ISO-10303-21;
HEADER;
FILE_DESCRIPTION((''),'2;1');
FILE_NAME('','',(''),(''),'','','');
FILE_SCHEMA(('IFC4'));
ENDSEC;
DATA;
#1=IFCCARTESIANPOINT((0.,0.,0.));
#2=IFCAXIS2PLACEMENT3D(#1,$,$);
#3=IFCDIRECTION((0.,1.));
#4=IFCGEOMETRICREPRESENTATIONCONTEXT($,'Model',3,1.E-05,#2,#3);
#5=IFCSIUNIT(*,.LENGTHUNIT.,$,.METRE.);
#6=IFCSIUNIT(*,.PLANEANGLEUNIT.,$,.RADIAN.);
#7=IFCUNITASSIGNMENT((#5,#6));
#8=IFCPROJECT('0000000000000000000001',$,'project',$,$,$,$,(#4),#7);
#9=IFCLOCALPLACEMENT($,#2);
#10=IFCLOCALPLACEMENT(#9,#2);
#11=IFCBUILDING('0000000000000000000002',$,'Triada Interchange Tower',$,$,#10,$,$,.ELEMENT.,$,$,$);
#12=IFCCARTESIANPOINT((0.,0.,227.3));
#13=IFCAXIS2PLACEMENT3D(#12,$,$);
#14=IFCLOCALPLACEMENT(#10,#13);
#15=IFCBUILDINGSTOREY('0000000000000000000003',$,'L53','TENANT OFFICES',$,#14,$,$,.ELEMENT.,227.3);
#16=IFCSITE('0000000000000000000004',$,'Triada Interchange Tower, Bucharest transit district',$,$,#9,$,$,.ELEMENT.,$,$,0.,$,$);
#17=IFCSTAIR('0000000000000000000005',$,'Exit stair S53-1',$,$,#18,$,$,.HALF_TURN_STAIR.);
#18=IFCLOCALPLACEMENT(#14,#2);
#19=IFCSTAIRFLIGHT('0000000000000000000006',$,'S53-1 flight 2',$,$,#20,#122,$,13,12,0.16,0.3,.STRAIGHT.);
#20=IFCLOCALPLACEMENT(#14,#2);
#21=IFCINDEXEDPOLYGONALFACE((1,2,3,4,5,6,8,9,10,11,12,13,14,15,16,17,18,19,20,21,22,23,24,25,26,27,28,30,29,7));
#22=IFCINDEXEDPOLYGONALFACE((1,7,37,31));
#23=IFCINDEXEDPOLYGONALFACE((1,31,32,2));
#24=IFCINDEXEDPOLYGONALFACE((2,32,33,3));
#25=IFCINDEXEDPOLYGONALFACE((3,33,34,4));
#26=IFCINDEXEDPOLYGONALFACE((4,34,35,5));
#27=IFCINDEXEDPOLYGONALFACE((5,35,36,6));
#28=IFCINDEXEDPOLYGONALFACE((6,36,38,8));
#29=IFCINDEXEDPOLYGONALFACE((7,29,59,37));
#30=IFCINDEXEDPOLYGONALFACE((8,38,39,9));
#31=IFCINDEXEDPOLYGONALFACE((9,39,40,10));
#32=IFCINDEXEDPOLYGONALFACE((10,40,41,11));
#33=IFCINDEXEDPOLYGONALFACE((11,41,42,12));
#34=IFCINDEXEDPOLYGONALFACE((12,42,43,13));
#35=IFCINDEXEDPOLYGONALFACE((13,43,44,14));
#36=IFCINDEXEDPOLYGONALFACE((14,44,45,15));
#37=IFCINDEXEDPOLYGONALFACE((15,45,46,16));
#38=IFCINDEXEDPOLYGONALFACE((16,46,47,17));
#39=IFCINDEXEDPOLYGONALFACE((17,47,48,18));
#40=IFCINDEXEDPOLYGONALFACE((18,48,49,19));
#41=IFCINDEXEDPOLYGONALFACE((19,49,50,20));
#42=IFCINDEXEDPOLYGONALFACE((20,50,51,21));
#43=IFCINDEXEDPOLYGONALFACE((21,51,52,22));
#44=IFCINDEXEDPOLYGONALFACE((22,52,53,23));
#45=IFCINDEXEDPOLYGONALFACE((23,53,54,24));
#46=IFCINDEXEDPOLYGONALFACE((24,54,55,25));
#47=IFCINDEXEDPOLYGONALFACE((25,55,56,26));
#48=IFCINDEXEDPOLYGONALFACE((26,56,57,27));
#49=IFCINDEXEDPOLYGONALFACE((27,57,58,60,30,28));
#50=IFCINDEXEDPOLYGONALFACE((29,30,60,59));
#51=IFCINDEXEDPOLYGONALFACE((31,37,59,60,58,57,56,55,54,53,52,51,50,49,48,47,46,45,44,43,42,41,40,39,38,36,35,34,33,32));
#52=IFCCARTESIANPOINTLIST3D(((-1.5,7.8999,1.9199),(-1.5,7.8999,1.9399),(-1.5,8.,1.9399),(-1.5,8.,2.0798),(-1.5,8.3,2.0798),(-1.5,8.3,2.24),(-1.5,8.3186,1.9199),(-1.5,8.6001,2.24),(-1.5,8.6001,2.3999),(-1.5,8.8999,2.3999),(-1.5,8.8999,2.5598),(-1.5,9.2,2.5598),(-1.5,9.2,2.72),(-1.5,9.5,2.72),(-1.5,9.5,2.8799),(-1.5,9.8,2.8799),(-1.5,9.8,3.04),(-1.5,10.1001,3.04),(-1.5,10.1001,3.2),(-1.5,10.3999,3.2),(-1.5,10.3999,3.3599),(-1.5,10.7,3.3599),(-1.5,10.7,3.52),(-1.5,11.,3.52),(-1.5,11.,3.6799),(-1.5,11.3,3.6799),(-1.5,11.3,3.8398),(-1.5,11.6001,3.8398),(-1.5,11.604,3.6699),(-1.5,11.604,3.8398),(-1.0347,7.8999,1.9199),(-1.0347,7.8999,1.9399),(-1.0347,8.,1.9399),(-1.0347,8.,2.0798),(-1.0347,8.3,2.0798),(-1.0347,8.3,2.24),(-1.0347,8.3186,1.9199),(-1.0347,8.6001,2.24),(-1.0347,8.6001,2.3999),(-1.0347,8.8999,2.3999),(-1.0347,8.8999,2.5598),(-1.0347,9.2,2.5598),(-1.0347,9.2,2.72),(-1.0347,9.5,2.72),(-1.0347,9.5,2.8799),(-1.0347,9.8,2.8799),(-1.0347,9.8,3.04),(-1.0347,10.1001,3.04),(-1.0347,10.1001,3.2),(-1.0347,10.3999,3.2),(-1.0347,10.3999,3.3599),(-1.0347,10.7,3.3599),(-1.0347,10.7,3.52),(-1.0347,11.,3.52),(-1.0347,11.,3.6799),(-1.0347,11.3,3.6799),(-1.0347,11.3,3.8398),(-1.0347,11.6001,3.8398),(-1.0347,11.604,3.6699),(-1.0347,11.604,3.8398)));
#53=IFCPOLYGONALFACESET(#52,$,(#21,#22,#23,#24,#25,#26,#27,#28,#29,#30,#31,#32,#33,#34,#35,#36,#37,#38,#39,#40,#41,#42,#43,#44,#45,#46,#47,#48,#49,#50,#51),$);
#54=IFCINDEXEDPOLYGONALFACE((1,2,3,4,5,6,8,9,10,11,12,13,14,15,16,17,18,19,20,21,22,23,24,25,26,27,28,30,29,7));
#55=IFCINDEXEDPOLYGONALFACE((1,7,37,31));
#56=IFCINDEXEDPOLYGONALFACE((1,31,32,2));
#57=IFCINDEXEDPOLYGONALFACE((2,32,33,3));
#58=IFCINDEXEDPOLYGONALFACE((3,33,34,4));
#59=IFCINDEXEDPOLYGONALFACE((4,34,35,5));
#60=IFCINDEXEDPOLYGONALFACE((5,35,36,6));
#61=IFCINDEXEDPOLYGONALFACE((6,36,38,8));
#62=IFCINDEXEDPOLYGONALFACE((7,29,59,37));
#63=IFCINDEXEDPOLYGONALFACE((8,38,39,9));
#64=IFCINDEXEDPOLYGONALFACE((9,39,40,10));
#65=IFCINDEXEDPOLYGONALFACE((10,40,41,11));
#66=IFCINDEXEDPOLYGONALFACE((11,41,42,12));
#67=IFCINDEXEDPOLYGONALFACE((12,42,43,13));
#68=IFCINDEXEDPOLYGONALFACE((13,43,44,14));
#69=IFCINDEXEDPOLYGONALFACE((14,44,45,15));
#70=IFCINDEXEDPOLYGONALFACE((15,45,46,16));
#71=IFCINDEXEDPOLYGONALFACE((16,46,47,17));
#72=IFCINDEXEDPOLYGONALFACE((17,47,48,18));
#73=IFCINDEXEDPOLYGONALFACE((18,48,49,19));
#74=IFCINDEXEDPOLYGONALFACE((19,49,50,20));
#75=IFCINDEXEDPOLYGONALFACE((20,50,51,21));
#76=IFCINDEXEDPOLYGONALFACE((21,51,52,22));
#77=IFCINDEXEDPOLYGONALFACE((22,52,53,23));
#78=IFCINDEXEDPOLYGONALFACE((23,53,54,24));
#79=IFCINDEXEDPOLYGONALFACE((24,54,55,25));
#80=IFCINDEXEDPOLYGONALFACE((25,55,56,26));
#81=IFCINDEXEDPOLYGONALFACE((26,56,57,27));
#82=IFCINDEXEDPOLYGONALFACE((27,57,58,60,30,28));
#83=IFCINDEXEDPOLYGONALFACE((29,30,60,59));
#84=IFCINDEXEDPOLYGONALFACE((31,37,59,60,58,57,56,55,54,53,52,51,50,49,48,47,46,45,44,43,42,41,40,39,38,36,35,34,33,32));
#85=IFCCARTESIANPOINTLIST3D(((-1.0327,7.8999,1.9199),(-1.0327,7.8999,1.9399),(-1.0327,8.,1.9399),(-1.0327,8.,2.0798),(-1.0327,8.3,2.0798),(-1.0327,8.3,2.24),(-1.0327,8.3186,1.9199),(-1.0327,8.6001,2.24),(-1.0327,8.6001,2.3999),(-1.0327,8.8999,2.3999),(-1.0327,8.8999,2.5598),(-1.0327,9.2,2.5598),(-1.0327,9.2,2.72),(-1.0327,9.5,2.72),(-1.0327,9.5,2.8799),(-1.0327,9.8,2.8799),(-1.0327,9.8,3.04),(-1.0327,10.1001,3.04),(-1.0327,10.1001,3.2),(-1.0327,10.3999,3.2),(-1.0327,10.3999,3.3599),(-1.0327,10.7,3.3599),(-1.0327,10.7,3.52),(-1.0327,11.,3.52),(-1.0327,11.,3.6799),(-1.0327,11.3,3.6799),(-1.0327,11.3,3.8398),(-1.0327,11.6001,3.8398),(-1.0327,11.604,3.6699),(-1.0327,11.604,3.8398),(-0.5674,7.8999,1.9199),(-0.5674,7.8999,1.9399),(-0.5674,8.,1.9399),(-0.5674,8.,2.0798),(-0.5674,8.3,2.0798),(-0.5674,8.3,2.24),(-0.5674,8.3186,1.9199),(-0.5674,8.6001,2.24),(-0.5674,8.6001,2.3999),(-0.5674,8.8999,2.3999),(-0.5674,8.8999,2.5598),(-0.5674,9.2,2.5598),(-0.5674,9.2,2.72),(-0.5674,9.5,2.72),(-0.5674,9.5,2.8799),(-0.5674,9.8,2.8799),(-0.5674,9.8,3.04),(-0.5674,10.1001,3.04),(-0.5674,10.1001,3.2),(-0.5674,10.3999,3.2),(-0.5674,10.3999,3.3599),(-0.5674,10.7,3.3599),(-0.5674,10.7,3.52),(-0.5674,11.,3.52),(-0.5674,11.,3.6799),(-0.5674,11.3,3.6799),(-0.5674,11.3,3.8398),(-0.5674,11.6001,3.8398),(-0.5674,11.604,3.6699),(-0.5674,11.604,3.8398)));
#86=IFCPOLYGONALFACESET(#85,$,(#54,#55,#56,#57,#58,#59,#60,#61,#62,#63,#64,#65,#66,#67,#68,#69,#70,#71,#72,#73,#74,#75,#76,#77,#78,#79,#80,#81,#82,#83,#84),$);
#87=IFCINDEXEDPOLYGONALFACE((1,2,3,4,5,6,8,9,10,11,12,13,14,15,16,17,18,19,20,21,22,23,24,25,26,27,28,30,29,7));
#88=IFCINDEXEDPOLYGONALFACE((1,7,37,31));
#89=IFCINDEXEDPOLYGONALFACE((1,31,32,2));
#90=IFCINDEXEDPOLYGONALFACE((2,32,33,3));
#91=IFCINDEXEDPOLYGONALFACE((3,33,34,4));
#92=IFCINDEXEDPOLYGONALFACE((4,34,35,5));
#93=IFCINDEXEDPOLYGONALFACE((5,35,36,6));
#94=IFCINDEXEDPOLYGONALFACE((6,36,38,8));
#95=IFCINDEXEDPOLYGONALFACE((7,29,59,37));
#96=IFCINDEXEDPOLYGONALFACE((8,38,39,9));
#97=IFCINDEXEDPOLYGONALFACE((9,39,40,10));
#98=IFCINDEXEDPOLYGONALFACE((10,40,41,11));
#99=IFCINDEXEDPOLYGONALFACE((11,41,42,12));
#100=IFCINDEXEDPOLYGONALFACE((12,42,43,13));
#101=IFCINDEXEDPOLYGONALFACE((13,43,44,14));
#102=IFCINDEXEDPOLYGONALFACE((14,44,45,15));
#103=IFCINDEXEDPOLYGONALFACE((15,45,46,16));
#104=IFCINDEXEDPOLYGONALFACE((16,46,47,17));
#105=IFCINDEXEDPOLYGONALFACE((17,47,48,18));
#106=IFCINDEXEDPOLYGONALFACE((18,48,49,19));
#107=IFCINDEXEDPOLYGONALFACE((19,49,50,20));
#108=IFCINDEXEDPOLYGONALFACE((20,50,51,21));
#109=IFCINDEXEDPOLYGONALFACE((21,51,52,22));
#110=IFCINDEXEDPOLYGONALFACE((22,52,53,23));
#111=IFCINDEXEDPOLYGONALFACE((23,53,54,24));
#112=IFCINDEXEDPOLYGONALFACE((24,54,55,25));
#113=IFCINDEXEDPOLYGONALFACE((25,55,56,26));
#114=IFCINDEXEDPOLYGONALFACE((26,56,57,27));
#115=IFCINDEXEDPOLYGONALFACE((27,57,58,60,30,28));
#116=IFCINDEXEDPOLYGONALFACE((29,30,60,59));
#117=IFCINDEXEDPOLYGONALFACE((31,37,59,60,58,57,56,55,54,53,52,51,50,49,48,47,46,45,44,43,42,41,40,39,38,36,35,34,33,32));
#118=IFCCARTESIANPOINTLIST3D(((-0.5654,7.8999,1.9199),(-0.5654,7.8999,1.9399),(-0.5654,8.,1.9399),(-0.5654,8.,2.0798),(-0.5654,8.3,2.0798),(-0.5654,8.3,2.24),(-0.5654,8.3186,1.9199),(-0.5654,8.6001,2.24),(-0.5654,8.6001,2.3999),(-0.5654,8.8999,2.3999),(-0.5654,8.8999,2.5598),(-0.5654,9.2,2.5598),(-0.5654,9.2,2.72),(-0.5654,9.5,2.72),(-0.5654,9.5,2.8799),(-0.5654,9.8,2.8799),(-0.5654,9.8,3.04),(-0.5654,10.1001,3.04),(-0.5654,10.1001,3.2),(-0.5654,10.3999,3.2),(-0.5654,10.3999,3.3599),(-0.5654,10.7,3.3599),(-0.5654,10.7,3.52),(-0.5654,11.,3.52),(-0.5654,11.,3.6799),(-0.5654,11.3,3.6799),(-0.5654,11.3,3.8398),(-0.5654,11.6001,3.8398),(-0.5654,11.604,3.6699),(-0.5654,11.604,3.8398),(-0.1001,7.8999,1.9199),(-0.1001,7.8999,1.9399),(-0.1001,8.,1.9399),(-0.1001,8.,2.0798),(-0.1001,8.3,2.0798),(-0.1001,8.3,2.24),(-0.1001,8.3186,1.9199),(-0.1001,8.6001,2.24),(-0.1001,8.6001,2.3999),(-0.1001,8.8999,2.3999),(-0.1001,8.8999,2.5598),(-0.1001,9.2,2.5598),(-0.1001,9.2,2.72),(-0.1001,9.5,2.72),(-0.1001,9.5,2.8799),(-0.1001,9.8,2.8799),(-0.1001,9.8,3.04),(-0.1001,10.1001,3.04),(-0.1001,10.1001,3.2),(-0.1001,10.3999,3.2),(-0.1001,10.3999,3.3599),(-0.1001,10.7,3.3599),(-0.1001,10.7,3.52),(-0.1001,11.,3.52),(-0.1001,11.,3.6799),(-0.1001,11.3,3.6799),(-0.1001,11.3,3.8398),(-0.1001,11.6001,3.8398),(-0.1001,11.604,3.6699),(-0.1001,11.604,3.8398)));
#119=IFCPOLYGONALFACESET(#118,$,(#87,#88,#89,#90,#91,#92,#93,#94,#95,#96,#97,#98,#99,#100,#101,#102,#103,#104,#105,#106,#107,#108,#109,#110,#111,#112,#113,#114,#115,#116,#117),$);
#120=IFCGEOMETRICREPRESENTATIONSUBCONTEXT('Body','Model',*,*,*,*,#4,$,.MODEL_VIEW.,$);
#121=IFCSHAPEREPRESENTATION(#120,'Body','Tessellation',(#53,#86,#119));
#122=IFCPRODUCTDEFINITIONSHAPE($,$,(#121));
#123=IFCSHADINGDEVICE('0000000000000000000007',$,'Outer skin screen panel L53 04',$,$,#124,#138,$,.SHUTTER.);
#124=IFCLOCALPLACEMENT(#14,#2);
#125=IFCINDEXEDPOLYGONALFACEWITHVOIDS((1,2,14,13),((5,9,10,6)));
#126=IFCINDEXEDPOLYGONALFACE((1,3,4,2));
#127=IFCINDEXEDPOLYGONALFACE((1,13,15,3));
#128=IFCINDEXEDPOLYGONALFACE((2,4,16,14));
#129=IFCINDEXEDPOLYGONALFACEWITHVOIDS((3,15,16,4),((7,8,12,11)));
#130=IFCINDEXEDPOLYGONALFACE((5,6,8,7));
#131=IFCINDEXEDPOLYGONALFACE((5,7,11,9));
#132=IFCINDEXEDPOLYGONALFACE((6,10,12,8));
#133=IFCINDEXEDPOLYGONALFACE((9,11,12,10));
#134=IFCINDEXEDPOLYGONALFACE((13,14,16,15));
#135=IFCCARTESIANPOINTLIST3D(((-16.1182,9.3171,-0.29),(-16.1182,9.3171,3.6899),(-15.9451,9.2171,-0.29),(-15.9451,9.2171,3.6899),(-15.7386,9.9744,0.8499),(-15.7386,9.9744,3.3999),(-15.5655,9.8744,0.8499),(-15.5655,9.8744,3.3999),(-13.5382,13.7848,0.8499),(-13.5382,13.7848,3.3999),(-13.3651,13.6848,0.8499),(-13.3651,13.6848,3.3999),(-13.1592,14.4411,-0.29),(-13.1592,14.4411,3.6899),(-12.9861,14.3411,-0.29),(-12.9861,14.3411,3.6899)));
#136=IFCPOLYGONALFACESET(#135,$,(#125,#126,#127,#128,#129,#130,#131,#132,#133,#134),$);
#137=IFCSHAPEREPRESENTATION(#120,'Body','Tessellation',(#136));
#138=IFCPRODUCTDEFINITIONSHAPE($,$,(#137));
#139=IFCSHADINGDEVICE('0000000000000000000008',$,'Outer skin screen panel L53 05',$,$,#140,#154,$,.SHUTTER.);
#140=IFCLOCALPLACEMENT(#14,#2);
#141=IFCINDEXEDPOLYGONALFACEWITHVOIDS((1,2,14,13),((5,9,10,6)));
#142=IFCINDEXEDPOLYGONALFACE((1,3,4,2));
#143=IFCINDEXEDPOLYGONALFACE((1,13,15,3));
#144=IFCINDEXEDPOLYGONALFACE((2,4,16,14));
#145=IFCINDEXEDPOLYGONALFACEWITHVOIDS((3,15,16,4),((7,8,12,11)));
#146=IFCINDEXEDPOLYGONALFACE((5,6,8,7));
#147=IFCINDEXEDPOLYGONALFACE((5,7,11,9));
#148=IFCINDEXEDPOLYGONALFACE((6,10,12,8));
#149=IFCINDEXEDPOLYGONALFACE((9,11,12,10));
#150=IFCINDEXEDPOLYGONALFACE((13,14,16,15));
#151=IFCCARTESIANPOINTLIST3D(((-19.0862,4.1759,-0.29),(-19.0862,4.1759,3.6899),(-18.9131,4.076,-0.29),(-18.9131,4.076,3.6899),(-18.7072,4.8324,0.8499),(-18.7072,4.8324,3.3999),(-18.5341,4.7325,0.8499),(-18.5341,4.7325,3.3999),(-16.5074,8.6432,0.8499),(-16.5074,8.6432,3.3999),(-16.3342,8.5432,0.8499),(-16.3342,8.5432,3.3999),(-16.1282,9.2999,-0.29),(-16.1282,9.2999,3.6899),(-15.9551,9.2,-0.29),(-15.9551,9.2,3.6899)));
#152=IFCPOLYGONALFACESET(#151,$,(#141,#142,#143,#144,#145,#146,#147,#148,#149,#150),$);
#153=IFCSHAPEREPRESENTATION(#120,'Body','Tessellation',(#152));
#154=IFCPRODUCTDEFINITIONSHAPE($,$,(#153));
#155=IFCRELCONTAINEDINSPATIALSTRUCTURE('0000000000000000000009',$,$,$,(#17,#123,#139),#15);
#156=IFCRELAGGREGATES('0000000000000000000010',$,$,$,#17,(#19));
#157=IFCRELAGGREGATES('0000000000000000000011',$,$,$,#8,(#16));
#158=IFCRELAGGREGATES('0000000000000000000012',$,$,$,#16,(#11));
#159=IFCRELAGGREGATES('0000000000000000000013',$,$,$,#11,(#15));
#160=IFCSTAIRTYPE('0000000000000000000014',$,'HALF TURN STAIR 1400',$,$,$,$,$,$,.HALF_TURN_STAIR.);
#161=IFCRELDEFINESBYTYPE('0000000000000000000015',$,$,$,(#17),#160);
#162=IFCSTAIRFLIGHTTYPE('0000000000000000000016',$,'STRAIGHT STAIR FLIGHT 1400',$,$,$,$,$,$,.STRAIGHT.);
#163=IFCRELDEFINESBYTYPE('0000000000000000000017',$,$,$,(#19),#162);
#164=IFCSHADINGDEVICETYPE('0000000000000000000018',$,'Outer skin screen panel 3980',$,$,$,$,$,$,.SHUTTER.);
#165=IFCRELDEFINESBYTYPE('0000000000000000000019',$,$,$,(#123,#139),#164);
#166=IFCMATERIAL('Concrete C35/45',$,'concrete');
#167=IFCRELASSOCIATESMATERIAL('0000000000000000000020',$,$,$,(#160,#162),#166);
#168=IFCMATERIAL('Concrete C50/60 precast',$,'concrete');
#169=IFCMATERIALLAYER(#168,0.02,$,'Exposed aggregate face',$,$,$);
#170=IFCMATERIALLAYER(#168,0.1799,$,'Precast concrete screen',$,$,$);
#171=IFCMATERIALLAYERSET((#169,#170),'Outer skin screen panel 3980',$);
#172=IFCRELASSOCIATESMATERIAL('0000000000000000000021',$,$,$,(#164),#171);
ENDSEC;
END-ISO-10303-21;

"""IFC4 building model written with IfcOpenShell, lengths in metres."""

from ifc_helpers import new_model, si_unit, direction, frame, origin, place, context, subcontext, project, spatial, polyline, outline, extrude, material, layer, layer_set, type_object, element, aggregate, save


model = new_model("IFC4")

# Units and contexts
model_context = context("Model", 3, precision=1e-05, world=origin(), true_north=direction((0.0, 1.0)))
body_context = subcontext(model_context, "Body", "Model", "MODEL_VIEW")
ifc_project = project(units=[si_unit("LENGTHUNIT", "METRE"), si_unit("PLANEANGLEUNIT", "RADIAN")], contexts=[model_context])

# Site, building, storey
site_placement = place(None, origin())
site = spatial("IfcSite", under=ifc_project, at=site_placement, Name="Triada Interchange Tower, Bucharest transit district", CompositionType="ELEMENT", RefElevation=0.0)
building_placement = place(site_placement, origin())
building = spatial("IfcBuilding", under=site, at=building_placement, Name="Triada Interchange Tower", CompositionType="ELEMENT")
storey_placement = place(building_placement, frame((0.0, 0.0, 227.3)))
storey = spatial("IfcBuildingStorey", under=building, at=storey_placement, Name="L53", Description="TENANT OFFICES", CompositionType="ELEMENT", Elevation=227.3)

# Stair, stair flight
ifc_material_1 = material(Name="Concrete C35/45", Category="concrete")
stair_type = type_object("IfcStairType", Name="HALF TURN STAIR 1400", PredefinedType="HALF_TURN_STAIR", material=ifc_material_1)
stair_placement = place(storey_placement, origin())
stair = element("IfcStair", 1, at=stair_placement, inside=storey, type_object=stair_type, Name="Exit stair S53-1", PredefinedType="HALF_TURN_STAIR")
stair_flight_type = type_object("IfcStairFlightType", Name="STRAIGHT STAIR FLIGHT 1400", PredefinedType="STRAIGHT", material=ifc_material_1)
stair_flight_placement = place(storey_placement, frame((-0.8, 8.0, 1.9199), z_axis=(0.0, 0.0, 1.0), x_axis=(0.0, 1.0, 0.0)))
stair_flight = element("IfcStairFlight", 2, at=stair_flight_placement, type_object=stair_flight_type, Name="S53-1 flight 2", NumberOfRisers=13, NumberOfTreads=12, PredefinedType="STRAIGHT", RiserHeight=0.16, TreadLength=0.3, context=body_context, shape_type="SweptSolid", body=[
    extrude(outline(polyline([(-0.1001, 0.0), (-0.1001, 0.02), (0.0, 0.02), (0.0, 0.1599), (0.3, 0.1599), (0.3, 0.3201), (0.6001, 0.3201), (0.6001, 0.48), (0.8999, 0.48), (0.8999, 0.6399), (1.2, 0.6399), (1.2, 0.8), (1.5, 0.8), (1.5, 0.96), (1.8, 0.96), (1.8, 1.1201), (2.1001, 1.1201), (2.1001, 1.28), (2.3999, 1.28), (2.3999, 1.4399), (2.7, 1.4399), (2.7, 1.6001), (3.0, 1.6001), (3.0, 1.76), (3.3, 1.76), (3.3, 1.9199), (3.6001, 1.9199), (3.604, 1.9199), (3.604, 2.0801), (3.604, 1.75), (0.3186, 0.0), (-0.1001, 0.0)])), frame((0.0, 0.7, 0.0), z_axis=(0.0, -1.0, 0.0), x_axis=(1.0, 0.0, 0.0)), (0.0, 0.0, 1.0), 0.4653),
    extrude(outline(polyline([(-0.1001, 0.0), (-0.1001, 0.02), (0.0, 0.02), (0.0, 0.1599), (0.3, 0.1599), (0.3, 0.3201), (0.6001, 0.3201), (0.6001, 0.48), (0.8999, 0.48), (0.8999, 0.6399), (1.2, 0.6399), (1.2, 0.8), (1.5, 0.8), (1.5, 0.96), (1.8, 0.96), (1.8, 1.1201), (2.1001, 1.1201), (2.1001, 1.28), (2.3999, 1.28), (2.3999, 1.4399), (2.7, 1.4399), (2.7, 1.6001), (3.0, 1.6001), (3.0, 1.76), (3.3, 1.76), (3.3, 1.9199), (3.6001, 1.9199), (3.604, 1.9199), (3.604, 2.0801), (3.604, 1.75), (0.3186, 0.0), (-0.1001, 0.0)])), frame((0.0, 0.2327, 0.0), z_axis=(0.0, -1.0, 0.0), x_axis=(1.0, 0.0, 0.0)), (0.0, 0.0, 1.0), 0.4653),
    extrude(outline(polyline([(-0.1001, 0.0), (-0.1001, 0.02), (0.0, 0.02), (0.0, 0.1599), (0.3, 0.1599), (0.3, 0.3201), (0.6001, 0.3201), (0.6001, 0.48), (0.8999, 0.48), (0.8999, 0.6399), (1.2, 0.6399), (1.2, 0.8), (1.5, 0.8), (1.5, 0.96), (1.8, 0.96), (1.8, 1.1201), (2.1001, 1.1201), (2.1001, 1.28), (2.3999, 1.28), (2.3999, 1.4399), (2.7, 1.4399), (2.7, 1.6001), (3.0, 1.6001), (3.0, 1.76), (3.3, 1.76), (3.3, 1.9199), (3.6001, 1.9199), (3.604, 1.9199), (3.604, 2.0801), (3.604, 1.75), (0.3186, 0.0), (-0.1001, 0.0)])), frame((0.0, -0.2346, 0.0), z_axis=(0.0, -1.0, 0.0), x_axis=(1.0, 0.0, 0.0)), (0.0, 0.0, 1.0), 0.4653),
])

# Shading devices
ifc_material_2 = material(Name="Concrete C50/60 precast", Category="concrete")
ifc_layer_1 = layer(ifc_material_2, 0.02, Name="Exposed aggregate face")
ifc_layer_2 = layer(ifc_material_2, 0.1799, Name="Precast concrete screen")
ifc_layer_set_1 = layer_set([ifc_layer_1, ifc_layer_2], Name="Outer skin screen panel 3980")
shading_device_type = type_object("IfcShadingDeviceType", Name="Outer skin screen panel 3980", PredefinedType="SHUTTER", material=ifc_layer_set_1)
shading_device_1_placement = place(storey_placement, frame((-12.9861, 14.3411, -0.29), z_axis=(0.0, 0.0, 1.0), x_axis=(-0.50008, -0.865979, 0.0)))
element("IfcShadingDevice", 3, at=shading_device_1_placement, inside=storey, type_object=shading_device_type, Name="Outer skin screen panel L53 04", PredefinedType="SHUTTER", context=body_context, shape_type="SweptSolid", body=[
    extrude(outline(polyline([(0.0, 0.0), (5.917, 0.0), (5.917, 3.98), (0.0, 3.98), (0.0, 0.0)]), holes=[polyline([(0.7578, 1.1399), (0.7578, 3.6899), (5.158, 3.6899), (5.158, 1.1399), (0.7578, 1.1399)])]), frame((0.0, 0.0, 0.0), z_axis=(0.0, -1.0, 0.0), x_axis=(1.0, 0.0, 0.0)), (0.0, 0.0, 1.0), 0.2),
])
shading_device_2_placement = place(storey_placement, frame((-15.9551, 9.2, -0.29), z_axis=(0.0, 0.0, 1.0), x_axis=(-0.499956, -0.866051, 0.0)))
element("IfcShadingDevice", 4, at=shading_device_2_placement, inside=storey, type_object=shading_device_type, Name="Outer skin screen panel L53 05", PredefinedType="SHUTTER", context=body_context, shape_type="SweptSolid", body=[
    extrude(outline(polyline([(0.0, 0.0), (5.9165, 0.0), (5.9165, 3.98), (0.0, 3.98), (0.0, 0.0)]), holes=[polyline([(0.7583, 1.1399), (0.7583, 3.6899), (5.1584, 3.6899), (5.1584, 1.1399), (0.7583, 1.1399)])]), frame((0.0, 0.0, 0.0), z_axis=(0.0, -1.0, 0.0), x_axis=(1.0, 0.0, 0.0)), (0.0, 0.0, 1.0), 0.2),
])

aggregate(stair, [stair_flight])

save(model, "model.ifc")
